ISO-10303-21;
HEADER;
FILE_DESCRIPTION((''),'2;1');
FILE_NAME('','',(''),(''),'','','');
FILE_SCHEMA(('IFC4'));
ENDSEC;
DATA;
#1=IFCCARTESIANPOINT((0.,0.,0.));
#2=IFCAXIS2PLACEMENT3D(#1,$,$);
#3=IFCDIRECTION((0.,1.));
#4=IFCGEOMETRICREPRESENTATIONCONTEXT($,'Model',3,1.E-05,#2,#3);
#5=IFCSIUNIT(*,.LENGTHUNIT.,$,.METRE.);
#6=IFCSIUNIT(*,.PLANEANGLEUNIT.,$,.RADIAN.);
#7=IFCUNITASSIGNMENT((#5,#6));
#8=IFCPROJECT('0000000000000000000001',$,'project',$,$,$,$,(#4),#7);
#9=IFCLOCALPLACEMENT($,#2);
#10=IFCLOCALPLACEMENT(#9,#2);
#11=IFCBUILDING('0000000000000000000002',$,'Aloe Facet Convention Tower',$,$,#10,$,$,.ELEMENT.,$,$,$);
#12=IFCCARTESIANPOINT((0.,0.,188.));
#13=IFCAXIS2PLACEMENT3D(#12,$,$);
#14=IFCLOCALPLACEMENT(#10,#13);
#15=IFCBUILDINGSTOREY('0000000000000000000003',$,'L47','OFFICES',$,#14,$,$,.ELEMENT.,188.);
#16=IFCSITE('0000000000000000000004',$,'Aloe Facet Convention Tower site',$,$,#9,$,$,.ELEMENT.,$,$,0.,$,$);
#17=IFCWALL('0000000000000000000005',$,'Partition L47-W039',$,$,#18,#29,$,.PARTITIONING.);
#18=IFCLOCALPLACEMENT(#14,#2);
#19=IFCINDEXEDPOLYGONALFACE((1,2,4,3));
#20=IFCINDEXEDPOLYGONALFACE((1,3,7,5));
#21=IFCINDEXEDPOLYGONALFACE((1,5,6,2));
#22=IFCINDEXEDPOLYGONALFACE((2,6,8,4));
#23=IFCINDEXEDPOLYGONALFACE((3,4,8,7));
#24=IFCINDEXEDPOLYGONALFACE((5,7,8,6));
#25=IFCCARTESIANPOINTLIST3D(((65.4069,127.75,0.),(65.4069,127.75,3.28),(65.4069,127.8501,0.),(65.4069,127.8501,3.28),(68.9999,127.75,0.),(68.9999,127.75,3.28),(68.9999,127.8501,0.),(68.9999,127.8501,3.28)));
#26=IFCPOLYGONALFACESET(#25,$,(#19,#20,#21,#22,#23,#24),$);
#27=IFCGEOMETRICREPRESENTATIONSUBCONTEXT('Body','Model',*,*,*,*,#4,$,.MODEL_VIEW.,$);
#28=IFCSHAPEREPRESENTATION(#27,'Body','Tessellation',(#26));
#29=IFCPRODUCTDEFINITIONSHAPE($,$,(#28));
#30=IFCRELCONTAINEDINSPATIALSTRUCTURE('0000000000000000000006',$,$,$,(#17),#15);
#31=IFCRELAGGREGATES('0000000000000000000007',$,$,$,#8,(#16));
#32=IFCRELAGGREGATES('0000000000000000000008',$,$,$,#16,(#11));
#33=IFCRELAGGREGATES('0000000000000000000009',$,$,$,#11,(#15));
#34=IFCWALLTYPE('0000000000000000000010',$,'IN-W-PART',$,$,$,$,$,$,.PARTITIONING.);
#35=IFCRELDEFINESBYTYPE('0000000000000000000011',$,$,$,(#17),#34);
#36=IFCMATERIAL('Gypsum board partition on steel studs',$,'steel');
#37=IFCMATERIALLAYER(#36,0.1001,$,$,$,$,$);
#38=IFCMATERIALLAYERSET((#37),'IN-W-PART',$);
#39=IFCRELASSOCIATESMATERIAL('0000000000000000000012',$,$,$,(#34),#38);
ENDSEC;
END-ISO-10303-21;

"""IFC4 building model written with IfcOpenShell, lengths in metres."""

from ifc_helpers import new_model, si_unit, direction, frame, frame_2d, origin, place, context, subcontext, project, spatial, rectangle, extrude, material, layer, layer_set, type_object, element, save


model = new_model("IFC4")

# Units and contexts
model_context = context("Model", 3, precision=1e-05, world=origin(), true_north=direction((0.0, 1.0)))
body_context = subcontext(model_context, "Body", "Model", "MODEL_VIEW")
ifc_project = project(units=[si_unit("LENGTHUNIT", "METRE"), si_unit("PLANEANGLEUNIT", "RADIAN")], contexts=[model_context])

# Site, building, storey
site_placement = place(None, origin())
site = spatial("IfcSite", under=ifc_project, at=site_placement, Name="Aloe Facet Convention Tower site", CompositionType="ELEMENT", RefElevation=0.0)
building_placement = place(site_placement, origin())
building = spatial("IfcBuilding", under=site, at=building_placement, Name="Aloe Facet Convention Tower", CompositionType="ELEMENT")
storey_placement = place(building_placement, frame((0.0, 0.0, 188.0)))
storey = spatial("IfcBuildingStorey", under=building, at=storey_placement, Name="L47", Description="OFFICES", CompositionType="ELEMENT", Elevation=188.0)

# Wall
ifc_material_1 = material(Name="Gypsum board partition on steel studs", Category="steel")
ifc_layer_1 = layer(ifc_material_1, 0.1001)
ifc_layer_set_1 = layer_set([ifc_layer_1], Name="IN-W-PART")
wall_type_1 = type_object("IfcWallType", Name="IN-W-PART", PredefinedType="PARTITIONING", material=ifc_layer_set_1)
wall_1_placement = place(storey_placement, frame((65.407, 127.8, 0.0), z_axis=(0.0, 0.0, 1.0), x_axis=(1.0, 0.0, 0.0)))
element("IfcWall", 1, at=wall_1_placement, inside=storey, type_object=wall_type_1, Name="Partition L47-W039", PredefinedType="PARTITIONING", context=body_context, shape_type="SweptSolid", body=[
    extrude(rectangle(XDim=3.593, YDim=0.1001, at=frame_2d((1.7964, 0.0))), origin(), (0.0, 0.0, 1.0), 3.28),
])

save(model, "model.ifc")
